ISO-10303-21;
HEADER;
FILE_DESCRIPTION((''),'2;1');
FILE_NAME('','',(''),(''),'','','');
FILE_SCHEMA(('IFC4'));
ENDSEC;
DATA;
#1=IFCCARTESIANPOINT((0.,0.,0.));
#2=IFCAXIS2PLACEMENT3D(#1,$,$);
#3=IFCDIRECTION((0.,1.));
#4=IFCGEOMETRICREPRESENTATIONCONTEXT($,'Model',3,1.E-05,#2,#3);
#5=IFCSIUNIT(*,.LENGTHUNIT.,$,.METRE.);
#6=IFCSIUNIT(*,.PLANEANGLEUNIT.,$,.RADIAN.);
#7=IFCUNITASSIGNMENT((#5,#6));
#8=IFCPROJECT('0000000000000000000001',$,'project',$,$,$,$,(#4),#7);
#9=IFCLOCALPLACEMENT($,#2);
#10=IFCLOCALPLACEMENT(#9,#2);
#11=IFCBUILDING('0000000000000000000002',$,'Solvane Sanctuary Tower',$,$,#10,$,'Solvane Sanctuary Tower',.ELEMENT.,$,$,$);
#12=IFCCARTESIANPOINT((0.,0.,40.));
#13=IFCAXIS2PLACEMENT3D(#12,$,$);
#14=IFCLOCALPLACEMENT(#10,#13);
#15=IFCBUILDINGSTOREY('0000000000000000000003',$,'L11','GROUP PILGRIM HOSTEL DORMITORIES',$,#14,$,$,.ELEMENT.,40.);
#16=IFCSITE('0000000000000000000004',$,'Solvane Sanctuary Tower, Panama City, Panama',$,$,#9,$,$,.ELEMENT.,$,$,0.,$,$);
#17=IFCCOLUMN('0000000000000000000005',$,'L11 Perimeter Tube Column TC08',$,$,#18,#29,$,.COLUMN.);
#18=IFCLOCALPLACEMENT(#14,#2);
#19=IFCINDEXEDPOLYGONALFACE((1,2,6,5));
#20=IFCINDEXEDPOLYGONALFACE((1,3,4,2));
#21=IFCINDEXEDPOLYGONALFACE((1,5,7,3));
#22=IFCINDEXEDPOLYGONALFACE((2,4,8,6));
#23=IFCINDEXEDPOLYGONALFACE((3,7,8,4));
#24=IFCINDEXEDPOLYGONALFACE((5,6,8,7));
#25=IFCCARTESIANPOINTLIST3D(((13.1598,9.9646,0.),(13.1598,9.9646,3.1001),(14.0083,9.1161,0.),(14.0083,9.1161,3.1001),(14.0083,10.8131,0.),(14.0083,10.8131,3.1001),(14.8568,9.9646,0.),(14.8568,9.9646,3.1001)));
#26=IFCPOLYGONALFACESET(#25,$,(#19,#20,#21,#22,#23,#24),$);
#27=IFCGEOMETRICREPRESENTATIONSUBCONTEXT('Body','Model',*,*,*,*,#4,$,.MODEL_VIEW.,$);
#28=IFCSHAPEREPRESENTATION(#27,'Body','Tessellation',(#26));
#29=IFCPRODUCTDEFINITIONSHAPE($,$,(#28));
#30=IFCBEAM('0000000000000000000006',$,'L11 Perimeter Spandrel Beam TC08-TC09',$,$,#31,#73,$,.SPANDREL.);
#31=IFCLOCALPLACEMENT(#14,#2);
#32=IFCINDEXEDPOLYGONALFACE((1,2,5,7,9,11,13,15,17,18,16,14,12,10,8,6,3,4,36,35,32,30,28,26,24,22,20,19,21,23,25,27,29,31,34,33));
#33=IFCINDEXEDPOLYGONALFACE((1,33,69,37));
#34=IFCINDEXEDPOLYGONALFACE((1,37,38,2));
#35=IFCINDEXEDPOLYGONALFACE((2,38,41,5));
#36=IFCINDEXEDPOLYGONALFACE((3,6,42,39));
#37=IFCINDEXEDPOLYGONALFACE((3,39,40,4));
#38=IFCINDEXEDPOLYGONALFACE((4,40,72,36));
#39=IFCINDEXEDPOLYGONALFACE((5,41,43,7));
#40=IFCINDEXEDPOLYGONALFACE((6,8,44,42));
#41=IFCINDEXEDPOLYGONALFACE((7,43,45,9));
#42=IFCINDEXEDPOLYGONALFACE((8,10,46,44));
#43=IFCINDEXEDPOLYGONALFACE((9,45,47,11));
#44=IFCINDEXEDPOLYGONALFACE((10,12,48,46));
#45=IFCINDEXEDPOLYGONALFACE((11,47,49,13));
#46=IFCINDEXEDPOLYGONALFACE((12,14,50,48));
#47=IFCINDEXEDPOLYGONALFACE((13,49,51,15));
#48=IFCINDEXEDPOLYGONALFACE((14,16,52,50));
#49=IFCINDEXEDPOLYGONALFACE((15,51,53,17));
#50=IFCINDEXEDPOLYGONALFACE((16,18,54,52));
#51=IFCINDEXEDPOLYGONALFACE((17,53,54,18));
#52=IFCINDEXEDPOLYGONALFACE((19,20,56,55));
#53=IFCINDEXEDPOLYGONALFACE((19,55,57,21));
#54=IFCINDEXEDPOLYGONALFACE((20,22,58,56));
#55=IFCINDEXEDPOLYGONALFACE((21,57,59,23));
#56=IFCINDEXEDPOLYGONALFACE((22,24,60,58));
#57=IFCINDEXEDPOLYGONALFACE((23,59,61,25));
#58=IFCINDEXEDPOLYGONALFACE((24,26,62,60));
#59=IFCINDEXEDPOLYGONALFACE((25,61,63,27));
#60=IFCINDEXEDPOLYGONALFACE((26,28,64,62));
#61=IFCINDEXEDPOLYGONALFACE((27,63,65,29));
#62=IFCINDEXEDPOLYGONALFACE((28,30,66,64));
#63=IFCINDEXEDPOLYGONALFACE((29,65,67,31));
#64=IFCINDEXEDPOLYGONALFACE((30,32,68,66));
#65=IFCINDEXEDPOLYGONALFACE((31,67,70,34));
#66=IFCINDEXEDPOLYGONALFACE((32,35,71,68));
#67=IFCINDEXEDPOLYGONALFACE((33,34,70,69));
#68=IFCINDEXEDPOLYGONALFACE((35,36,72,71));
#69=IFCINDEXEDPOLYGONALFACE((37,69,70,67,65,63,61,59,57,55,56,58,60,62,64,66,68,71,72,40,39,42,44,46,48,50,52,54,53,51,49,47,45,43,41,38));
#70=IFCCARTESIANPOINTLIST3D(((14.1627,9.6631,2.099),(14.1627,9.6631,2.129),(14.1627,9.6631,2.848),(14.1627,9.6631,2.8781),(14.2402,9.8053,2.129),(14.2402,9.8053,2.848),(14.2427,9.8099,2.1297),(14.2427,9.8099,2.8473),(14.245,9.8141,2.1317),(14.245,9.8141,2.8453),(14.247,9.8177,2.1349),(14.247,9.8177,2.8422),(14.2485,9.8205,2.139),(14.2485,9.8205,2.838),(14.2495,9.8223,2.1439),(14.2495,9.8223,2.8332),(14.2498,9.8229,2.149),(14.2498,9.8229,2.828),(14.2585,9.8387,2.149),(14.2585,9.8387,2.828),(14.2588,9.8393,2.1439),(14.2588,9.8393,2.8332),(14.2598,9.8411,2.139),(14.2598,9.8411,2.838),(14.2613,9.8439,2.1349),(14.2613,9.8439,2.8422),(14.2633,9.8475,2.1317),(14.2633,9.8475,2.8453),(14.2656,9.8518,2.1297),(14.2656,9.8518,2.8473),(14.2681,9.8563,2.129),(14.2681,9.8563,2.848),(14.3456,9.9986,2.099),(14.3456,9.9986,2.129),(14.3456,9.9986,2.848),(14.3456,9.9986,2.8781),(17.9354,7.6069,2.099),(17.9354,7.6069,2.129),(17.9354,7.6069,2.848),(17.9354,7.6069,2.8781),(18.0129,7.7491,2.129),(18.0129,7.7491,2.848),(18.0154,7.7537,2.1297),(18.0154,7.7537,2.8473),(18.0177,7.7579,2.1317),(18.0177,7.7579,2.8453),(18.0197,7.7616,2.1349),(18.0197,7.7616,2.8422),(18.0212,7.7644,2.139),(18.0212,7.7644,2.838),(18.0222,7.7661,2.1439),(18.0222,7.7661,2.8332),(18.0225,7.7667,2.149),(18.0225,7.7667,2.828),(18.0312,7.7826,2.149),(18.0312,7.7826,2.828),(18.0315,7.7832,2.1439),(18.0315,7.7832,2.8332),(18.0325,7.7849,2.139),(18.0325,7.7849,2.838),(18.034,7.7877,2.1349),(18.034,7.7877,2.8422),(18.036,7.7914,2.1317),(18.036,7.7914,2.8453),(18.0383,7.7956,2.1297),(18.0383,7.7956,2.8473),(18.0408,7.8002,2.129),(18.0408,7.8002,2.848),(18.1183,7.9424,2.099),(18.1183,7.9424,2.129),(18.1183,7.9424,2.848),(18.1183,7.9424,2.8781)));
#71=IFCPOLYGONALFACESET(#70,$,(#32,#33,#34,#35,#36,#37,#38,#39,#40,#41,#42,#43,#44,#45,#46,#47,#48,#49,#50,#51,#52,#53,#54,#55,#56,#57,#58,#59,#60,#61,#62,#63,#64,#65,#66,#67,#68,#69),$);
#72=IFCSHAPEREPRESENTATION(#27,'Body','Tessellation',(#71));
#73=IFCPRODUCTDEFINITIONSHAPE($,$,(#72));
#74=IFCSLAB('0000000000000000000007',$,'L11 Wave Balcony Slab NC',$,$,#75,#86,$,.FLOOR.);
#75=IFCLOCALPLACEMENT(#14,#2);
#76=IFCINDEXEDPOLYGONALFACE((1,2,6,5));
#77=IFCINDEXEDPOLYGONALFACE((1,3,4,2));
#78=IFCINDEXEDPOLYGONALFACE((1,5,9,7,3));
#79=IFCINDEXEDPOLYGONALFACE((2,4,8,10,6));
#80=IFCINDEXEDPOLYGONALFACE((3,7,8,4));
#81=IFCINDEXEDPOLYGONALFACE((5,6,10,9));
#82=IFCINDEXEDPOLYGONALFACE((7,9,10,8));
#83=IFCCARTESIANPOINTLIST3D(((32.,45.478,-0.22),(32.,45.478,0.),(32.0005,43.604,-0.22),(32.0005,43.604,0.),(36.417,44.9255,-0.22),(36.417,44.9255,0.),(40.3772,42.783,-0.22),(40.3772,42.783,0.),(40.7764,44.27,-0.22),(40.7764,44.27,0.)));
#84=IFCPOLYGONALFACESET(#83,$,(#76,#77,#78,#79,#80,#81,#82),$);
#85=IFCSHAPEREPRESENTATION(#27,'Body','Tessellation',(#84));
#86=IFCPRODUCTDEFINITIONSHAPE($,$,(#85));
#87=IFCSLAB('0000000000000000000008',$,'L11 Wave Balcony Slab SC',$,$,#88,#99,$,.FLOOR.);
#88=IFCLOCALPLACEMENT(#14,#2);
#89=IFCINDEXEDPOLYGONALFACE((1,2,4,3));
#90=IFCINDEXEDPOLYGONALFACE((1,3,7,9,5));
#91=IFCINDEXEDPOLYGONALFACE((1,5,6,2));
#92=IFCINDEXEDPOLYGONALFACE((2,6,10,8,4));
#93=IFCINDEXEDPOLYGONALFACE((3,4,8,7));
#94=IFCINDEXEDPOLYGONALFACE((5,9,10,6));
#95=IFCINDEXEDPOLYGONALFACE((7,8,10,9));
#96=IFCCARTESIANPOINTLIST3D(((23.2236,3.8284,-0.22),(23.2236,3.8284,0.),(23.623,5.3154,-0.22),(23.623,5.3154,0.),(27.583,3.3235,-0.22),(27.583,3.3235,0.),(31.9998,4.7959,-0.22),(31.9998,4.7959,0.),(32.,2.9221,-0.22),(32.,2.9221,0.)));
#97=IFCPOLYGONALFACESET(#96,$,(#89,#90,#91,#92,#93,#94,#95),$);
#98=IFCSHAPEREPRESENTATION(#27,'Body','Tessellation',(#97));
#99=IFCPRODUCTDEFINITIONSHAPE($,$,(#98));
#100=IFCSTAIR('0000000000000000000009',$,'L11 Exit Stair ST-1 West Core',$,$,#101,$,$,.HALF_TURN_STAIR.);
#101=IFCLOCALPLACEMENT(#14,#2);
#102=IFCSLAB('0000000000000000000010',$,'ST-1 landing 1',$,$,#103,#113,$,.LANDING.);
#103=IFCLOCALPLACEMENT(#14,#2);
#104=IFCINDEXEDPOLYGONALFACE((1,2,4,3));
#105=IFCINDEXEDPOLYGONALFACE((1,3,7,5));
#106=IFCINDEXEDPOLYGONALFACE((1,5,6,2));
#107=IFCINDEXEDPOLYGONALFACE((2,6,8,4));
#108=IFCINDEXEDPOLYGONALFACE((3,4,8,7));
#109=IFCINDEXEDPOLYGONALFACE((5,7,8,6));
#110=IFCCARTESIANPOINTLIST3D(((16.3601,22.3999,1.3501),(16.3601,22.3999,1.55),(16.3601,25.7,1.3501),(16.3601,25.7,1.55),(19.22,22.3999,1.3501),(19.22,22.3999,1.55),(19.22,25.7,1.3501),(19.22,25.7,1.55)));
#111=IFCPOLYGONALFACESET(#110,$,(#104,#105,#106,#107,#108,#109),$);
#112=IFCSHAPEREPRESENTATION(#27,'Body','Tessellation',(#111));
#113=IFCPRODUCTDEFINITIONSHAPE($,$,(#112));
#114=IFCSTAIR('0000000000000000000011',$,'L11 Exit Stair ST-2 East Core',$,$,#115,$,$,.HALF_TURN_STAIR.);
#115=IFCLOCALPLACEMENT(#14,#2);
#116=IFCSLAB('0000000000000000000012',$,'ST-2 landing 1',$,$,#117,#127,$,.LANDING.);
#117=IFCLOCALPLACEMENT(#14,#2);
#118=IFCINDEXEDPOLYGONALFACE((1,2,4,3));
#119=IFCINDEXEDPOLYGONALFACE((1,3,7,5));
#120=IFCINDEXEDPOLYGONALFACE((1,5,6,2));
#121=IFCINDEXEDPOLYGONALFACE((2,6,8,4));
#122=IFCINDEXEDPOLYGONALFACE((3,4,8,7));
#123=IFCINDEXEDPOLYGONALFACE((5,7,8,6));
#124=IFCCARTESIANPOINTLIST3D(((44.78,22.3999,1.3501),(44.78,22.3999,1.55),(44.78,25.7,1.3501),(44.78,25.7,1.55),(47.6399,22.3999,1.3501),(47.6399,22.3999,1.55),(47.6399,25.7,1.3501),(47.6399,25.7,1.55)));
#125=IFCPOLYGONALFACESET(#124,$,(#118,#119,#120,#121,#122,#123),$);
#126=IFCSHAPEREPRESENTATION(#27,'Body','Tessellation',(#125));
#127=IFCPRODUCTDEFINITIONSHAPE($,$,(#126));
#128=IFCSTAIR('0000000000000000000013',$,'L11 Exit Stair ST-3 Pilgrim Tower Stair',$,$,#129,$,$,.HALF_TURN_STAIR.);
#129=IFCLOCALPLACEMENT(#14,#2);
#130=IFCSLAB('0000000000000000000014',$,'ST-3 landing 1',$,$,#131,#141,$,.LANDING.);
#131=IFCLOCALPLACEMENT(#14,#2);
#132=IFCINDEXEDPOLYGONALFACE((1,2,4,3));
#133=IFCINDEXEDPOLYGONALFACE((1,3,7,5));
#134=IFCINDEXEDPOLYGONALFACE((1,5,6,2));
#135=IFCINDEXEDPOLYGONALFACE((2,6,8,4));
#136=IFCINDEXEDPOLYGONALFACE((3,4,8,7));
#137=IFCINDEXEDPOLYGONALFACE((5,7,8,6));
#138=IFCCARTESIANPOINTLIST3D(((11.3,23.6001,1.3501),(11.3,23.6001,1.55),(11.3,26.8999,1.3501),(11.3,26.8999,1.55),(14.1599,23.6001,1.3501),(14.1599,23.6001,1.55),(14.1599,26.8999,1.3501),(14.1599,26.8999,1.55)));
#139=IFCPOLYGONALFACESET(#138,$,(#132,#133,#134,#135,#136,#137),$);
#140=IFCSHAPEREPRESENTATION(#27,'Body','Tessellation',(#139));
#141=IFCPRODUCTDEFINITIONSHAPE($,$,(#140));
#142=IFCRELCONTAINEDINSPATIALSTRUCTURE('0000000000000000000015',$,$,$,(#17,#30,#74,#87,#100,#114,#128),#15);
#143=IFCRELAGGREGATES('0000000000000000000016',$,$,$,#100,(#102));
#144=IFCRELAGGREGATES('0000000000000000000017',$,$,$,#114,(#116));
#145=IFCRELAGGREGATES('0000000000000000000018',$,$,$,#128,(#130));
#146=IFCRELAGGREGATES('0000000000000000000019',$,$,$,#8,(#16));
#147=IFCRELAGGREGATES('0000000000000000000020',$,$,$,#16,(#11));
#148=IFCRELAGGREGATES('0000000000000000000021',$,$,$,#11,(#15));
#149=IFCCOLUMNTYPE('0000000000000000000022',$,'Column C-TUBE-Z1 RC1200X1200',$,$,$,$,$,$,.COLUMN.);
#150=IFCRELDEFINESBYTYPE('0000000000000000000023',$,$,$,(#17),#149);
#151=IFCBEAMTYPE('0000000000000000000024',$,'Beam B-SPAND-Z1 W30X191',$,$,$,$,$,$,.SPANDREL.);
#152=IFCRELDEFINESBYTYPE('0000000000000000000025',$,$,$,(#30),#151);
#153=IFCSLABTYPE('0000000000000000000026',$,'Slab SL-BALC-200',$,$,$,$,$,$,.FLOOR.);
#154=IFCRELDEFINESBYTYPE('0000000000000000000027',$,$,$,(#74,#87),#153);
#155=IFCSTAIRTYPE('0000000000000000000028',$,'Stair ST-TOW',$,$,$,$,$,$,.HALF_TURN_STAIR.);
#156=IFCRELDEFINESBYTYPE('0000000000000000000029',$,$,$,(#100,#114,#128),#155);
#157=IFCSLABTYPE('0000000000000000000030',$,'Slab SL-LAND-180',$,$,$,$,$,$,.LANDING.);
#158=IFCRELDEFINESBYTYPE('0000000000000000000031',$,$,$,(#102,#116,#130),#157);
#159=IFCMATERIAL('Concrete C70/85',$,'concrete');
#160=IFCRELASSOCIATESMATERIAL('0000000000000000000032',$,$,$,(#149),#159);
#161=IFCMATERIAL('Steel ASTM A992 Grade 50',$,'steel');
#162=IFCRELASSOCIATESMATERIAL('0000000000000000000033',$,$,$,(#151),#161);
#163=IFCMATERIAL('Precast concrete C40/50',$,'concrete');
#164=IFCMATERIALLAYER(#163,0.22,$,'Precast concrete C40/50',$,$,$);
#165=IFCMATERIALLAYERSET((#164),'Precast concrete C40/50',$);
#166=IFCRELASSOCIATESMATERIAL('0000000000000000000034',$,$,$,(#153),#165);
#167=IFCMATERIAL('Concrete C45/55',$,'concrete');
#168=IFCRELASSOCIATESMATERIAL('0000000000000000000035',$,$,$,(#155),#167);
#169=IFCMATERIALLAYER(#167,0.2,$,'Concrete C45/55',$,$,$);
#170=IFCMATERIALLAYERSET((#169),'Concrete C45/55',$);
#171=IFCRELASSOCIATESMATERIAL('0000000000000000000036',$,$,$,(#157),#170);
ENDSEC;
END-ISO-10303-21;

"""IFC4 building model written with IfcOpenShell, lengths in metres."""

from ifc_helpers import new_model, si_unit, direction, frame, origin, origin_2d, place, context, subcontext, project, spatial, polyline, rectangle, i_section, outline, extrude, material, layer, layer_set, material_profile, profile_set, type_object, element, aggregate, save


model = new_model("IFC4")

# Units and contexts
model_context = context("Model", 3, precision=1e-05, world=origin(), true_north=direction((0.0, 1.0)))
body_context = subcontext(model_context, "Body", "Model", "MODEL_VIEW")
ifc_project = project(units=[si_unit("LENGTHUNIT", "METRE"), si_unit("PLANEANGLEUNIT", "RADIAN")], contexts=[model_context])

# Site, building, storey
site_placement = place(None, origin())
site = spatial("IfcSite", under=ifc_project, at=site_placement, Name="Solvane Sanctuary Tower, Panama City, Panama", CompositionType="ELEMENT", RefElevation=0.0)
building_placement = place(site_placement, origin())
building = spatial("IfcBuilding", under=site, at=building_placement, Name="Solvane Sanctuary Tower", LongName="Solvane Sanctuary Tower", CompositionType="ELEMENT")
storey_placement = place(building_placement, frame((0.0, 0.0, 40.0)))
storey = spatial("IfcBuildingStorey", under=building, at=storey_placement, Name="L11", Description="GROUP PILGRIM HOSTEL DORMITORIES", CompositionType="ELEMENT", Elevation=40.0)

# Column
ifc_material_1 = material(Name="Concrete C70/85", Category="concrete")
ifc_material_profile_1 = material_profile(ifc_material_1, rectangle(XDim=1.2, YDim=1.2, at=origin_2d()), Name="RC1200X1200")
ifc_profile_set_1 = profile_set([ifc_material_profile_1], Name="Concrete C70/85")
column_type = type_object("IfcColumnType", Name="Column C-TUBE-Z1 RC1200X1200", PredefinedType="COLUMN", material=ifc_profile_set_1)
column_placement = place(storey_placement, frame((14.0083, 9.9646, 0.0), z_axis=(0.0, 0.0, 1.0), x_axis=(-0.707107, -0.707107, 0.0)))
element("IfcColumn", 1, at=column_placement, inside=storey, type_object=column_type, Name="L11 Perimeter Tube Column TC08", PredefinedType="COLUMN", context=body_context, shape_type="SweptSolid", body=[
    extrude(rectangle(XDim=1.2, YDim=1.2, at=origin_2d()), origin(), (0.0, 0.0, 1.0), 3.1001),
])

# Beam
ifc_material_2 = material(Name="Steel ASTM A992 Grade 50", Category="steel")
ifc_material_profile_2 = material_profile(ifc_material_2, i_section(OverallWidth=0.3821, OverallDepth=0.7791, WebThickness=0.0181, FlangeThickness=0.03, FilletRadius=0.02, at=origin_2d()), Name="W30X191")
ifc_profile_set_2 = profile_set([ifc_material_profile_2], Name="Steel ASTM A992 Grade 50")
beam_type = type_object("IfcBeamType", Name="Beam B-SPAND-Z1 W30X191", PredefinedType="SPANDREL", material=ifc_profile_set_2)
beam_placement = place(storey_placement, frame((14.2542, 9.8308, 2.4885), z_axis=(0.878061, -0.47855, 0.0), x_axis=(0.47855, 0.878061, 0.0)))
element("IfcBeam", 2, at=beam_placement, inside=storey, type_object=beam_type, Name="L11 Perimeter Spandrel Beam TC08-TC09", PredefinedType="SPANDREL", context=body_context, shape_type="SweptSolid", body=[
    extrude(i_section(OverallWidth=0.3821, OverallDepth=0.7791, WebThickness=0.0181, FlangeThickness=0.03, FilletRadius=0.02, at=origin_2d()), origin(), (0.0, 0.0, 1.0), 4.2966),
])

# Slabs
ifc_material_3 = material(Name="Precast concrete C40/50", Category="concrete")
ifc_layer_1 = layer(ifc_material_3, 0.22, Name="Precast concrete C40/50")
ifc_layer_set_1 = layer_set([ifc_layer_1], Name="Precast concrete C40/50")
slab_type_1 = type_object("IfcSlabType", Name="Slab SL-BALC-200", PredefinedType="FLOOR", material=ifc_layer_set_1)
slab_1_placement = place(storey_placement, frame((0.0, 0.0, -0.22)))
element("IfcSlab", 3, at=slab_1_placement, inside=storey, type_object=slab_type_1, Name="L11 Wave Balcony Slab NC", PredefinedType="FLOOR", context=body_context, shape_type="SweptSolid", body=[
    extrude(outline(polyline([(40.7764, 44.27), (36.417, 44.9255), (32.0, 45.478), (32.0005, 43.604), (40.3772, 42.783), (40.7764, 44.27)])), origin(), (0.0, 0.0, 1.0), 0.22),
])
slab_2_placement = place(storey_placement, frame((0.0, 0.0, -0.22)))
element("IfcSlab", 4, at=slab_2_placement, inside=storey, type_object=slab_type_1, Name="L11 Wave Balcony Slab SC", PredefinedType="FLOOR", context=body_context, shape_type="SweptSolid", body=[
    extrude(outline(polyline([(23.2236, 3.8284), (27.583, 3.3235), (32.0, 2.9221), (31.9998, 4.7959), (23.623, 5.3154), (23.2236, 3.8284)])), origin(), (0.0, 0.0, 1.0), 0.22),
])

# Stairs, slabs
ifc_material_4 = material(Name="Concrete C45/55", Category="concrete")
stair_type = type_object("IfcStairType", Name="Stair ST-TOW", PredefinedType="HALF_TURN_STAIR", material=ifc_material_4)
stair_1_placement = place(storey_placement, origin())
stair_1 = element("IfcStair", 5, at=stair_1_placement, inside=storey, type_object=stair_type, Name="L11 Exit Stair ST-1 West Core", PredefinedType="HALF_TURN_STAIR")
ifc_layer_2 = layer(ifc_material_4, 0.2, Name="Concrete C45/55")
ifc_layer_set_2 = layer_set([ifc_layer_2], Name="Concrete C45/55")
slab_type_2 = type_object("IfcSlabType", Name="Slab SL-LAND-180", PredefinedType="LANDING", material=ifc_layer_set_2)
slab_3_placement = place(storey_placement, frame((0.0, 0.0, 1.3501)))
slab_3 = element("IfcSlab", 6, at=slab_3_placement, type_object=slab_type_2, Name="ST-1 landing 1", PredefinedType="LANDING", context=body_context, shape_type="SweptSolid", body=[
    extrude(outline(polyline([(19.22, 22.3999), (19.22, 25.7), (16.3601, 25.7), (16.3601, 22.3999), (19.22, 22.3999)])), origin(), (0.0, 0.0, 1.0), 0.2),
])
aggregate(stair_1, [slab_3])
stair_2_placement = place(storey_placement, origin())
stair_2 = element("IfcStair", 7, at=stair_2_placement, inside=storey, type_object=stair_type, Name="L11 Exit Stair ST-2 East Core", PredefinedType="HALF_TURN_STAIR")
slab_4_placement = place(storey_placement, frame((0.0, 0.0, 1.3501)))
slab_4 = element("IfcSlab", 8, at=slab_4_placement, type_object=slab_type_2, Name="ST-2 landing 1", PredefinedType="LANDING", context=body_context, shape_type="SweptSolid", body=[
    extrude(outline(polyline([(47.6399, 22.3999), (47.6399, 25.7), (44.78, 25.7), (44.78, 22.3999), (47.6399, 22.3999)])), origin(), (0.0, 0.0, 1.0), 0.2),
])
aggregate(stair_2, [slab_4])
stair_3_placement = place(storey_placement, origin())
stair_3 = element("IfcStair", 9, at=stair_3_placement, inside=storey, type_object=stair_type, Name="L11 Exit Stair ST-3 Pilgrim Tower Stair", PredefinedType="HALF_TURN_STAIR")
slab_5_placement = place(storey_placement, frame((0.0, 0.0, 1.3501)))
slab_5 = element("IfcSlab", 10, at=slab_5_placement, type_object=slab_type_2, Name="ST-3 landing 1", PredefinedType="LANDING", context=body_context, shape_type="SweptSolid", body=[
    extrude(outline(polyline([(14.1599, 23.6001), (14.1599, 26.8999), (11.3, 26.8999), (11.3, 23.6001), (14.1599, 23.6001)])), origin(), (0.0, 0.0, 1.0), 0.2),
])
aggregate(stair_3, [slab_5])

save(model, "model.ifc")
